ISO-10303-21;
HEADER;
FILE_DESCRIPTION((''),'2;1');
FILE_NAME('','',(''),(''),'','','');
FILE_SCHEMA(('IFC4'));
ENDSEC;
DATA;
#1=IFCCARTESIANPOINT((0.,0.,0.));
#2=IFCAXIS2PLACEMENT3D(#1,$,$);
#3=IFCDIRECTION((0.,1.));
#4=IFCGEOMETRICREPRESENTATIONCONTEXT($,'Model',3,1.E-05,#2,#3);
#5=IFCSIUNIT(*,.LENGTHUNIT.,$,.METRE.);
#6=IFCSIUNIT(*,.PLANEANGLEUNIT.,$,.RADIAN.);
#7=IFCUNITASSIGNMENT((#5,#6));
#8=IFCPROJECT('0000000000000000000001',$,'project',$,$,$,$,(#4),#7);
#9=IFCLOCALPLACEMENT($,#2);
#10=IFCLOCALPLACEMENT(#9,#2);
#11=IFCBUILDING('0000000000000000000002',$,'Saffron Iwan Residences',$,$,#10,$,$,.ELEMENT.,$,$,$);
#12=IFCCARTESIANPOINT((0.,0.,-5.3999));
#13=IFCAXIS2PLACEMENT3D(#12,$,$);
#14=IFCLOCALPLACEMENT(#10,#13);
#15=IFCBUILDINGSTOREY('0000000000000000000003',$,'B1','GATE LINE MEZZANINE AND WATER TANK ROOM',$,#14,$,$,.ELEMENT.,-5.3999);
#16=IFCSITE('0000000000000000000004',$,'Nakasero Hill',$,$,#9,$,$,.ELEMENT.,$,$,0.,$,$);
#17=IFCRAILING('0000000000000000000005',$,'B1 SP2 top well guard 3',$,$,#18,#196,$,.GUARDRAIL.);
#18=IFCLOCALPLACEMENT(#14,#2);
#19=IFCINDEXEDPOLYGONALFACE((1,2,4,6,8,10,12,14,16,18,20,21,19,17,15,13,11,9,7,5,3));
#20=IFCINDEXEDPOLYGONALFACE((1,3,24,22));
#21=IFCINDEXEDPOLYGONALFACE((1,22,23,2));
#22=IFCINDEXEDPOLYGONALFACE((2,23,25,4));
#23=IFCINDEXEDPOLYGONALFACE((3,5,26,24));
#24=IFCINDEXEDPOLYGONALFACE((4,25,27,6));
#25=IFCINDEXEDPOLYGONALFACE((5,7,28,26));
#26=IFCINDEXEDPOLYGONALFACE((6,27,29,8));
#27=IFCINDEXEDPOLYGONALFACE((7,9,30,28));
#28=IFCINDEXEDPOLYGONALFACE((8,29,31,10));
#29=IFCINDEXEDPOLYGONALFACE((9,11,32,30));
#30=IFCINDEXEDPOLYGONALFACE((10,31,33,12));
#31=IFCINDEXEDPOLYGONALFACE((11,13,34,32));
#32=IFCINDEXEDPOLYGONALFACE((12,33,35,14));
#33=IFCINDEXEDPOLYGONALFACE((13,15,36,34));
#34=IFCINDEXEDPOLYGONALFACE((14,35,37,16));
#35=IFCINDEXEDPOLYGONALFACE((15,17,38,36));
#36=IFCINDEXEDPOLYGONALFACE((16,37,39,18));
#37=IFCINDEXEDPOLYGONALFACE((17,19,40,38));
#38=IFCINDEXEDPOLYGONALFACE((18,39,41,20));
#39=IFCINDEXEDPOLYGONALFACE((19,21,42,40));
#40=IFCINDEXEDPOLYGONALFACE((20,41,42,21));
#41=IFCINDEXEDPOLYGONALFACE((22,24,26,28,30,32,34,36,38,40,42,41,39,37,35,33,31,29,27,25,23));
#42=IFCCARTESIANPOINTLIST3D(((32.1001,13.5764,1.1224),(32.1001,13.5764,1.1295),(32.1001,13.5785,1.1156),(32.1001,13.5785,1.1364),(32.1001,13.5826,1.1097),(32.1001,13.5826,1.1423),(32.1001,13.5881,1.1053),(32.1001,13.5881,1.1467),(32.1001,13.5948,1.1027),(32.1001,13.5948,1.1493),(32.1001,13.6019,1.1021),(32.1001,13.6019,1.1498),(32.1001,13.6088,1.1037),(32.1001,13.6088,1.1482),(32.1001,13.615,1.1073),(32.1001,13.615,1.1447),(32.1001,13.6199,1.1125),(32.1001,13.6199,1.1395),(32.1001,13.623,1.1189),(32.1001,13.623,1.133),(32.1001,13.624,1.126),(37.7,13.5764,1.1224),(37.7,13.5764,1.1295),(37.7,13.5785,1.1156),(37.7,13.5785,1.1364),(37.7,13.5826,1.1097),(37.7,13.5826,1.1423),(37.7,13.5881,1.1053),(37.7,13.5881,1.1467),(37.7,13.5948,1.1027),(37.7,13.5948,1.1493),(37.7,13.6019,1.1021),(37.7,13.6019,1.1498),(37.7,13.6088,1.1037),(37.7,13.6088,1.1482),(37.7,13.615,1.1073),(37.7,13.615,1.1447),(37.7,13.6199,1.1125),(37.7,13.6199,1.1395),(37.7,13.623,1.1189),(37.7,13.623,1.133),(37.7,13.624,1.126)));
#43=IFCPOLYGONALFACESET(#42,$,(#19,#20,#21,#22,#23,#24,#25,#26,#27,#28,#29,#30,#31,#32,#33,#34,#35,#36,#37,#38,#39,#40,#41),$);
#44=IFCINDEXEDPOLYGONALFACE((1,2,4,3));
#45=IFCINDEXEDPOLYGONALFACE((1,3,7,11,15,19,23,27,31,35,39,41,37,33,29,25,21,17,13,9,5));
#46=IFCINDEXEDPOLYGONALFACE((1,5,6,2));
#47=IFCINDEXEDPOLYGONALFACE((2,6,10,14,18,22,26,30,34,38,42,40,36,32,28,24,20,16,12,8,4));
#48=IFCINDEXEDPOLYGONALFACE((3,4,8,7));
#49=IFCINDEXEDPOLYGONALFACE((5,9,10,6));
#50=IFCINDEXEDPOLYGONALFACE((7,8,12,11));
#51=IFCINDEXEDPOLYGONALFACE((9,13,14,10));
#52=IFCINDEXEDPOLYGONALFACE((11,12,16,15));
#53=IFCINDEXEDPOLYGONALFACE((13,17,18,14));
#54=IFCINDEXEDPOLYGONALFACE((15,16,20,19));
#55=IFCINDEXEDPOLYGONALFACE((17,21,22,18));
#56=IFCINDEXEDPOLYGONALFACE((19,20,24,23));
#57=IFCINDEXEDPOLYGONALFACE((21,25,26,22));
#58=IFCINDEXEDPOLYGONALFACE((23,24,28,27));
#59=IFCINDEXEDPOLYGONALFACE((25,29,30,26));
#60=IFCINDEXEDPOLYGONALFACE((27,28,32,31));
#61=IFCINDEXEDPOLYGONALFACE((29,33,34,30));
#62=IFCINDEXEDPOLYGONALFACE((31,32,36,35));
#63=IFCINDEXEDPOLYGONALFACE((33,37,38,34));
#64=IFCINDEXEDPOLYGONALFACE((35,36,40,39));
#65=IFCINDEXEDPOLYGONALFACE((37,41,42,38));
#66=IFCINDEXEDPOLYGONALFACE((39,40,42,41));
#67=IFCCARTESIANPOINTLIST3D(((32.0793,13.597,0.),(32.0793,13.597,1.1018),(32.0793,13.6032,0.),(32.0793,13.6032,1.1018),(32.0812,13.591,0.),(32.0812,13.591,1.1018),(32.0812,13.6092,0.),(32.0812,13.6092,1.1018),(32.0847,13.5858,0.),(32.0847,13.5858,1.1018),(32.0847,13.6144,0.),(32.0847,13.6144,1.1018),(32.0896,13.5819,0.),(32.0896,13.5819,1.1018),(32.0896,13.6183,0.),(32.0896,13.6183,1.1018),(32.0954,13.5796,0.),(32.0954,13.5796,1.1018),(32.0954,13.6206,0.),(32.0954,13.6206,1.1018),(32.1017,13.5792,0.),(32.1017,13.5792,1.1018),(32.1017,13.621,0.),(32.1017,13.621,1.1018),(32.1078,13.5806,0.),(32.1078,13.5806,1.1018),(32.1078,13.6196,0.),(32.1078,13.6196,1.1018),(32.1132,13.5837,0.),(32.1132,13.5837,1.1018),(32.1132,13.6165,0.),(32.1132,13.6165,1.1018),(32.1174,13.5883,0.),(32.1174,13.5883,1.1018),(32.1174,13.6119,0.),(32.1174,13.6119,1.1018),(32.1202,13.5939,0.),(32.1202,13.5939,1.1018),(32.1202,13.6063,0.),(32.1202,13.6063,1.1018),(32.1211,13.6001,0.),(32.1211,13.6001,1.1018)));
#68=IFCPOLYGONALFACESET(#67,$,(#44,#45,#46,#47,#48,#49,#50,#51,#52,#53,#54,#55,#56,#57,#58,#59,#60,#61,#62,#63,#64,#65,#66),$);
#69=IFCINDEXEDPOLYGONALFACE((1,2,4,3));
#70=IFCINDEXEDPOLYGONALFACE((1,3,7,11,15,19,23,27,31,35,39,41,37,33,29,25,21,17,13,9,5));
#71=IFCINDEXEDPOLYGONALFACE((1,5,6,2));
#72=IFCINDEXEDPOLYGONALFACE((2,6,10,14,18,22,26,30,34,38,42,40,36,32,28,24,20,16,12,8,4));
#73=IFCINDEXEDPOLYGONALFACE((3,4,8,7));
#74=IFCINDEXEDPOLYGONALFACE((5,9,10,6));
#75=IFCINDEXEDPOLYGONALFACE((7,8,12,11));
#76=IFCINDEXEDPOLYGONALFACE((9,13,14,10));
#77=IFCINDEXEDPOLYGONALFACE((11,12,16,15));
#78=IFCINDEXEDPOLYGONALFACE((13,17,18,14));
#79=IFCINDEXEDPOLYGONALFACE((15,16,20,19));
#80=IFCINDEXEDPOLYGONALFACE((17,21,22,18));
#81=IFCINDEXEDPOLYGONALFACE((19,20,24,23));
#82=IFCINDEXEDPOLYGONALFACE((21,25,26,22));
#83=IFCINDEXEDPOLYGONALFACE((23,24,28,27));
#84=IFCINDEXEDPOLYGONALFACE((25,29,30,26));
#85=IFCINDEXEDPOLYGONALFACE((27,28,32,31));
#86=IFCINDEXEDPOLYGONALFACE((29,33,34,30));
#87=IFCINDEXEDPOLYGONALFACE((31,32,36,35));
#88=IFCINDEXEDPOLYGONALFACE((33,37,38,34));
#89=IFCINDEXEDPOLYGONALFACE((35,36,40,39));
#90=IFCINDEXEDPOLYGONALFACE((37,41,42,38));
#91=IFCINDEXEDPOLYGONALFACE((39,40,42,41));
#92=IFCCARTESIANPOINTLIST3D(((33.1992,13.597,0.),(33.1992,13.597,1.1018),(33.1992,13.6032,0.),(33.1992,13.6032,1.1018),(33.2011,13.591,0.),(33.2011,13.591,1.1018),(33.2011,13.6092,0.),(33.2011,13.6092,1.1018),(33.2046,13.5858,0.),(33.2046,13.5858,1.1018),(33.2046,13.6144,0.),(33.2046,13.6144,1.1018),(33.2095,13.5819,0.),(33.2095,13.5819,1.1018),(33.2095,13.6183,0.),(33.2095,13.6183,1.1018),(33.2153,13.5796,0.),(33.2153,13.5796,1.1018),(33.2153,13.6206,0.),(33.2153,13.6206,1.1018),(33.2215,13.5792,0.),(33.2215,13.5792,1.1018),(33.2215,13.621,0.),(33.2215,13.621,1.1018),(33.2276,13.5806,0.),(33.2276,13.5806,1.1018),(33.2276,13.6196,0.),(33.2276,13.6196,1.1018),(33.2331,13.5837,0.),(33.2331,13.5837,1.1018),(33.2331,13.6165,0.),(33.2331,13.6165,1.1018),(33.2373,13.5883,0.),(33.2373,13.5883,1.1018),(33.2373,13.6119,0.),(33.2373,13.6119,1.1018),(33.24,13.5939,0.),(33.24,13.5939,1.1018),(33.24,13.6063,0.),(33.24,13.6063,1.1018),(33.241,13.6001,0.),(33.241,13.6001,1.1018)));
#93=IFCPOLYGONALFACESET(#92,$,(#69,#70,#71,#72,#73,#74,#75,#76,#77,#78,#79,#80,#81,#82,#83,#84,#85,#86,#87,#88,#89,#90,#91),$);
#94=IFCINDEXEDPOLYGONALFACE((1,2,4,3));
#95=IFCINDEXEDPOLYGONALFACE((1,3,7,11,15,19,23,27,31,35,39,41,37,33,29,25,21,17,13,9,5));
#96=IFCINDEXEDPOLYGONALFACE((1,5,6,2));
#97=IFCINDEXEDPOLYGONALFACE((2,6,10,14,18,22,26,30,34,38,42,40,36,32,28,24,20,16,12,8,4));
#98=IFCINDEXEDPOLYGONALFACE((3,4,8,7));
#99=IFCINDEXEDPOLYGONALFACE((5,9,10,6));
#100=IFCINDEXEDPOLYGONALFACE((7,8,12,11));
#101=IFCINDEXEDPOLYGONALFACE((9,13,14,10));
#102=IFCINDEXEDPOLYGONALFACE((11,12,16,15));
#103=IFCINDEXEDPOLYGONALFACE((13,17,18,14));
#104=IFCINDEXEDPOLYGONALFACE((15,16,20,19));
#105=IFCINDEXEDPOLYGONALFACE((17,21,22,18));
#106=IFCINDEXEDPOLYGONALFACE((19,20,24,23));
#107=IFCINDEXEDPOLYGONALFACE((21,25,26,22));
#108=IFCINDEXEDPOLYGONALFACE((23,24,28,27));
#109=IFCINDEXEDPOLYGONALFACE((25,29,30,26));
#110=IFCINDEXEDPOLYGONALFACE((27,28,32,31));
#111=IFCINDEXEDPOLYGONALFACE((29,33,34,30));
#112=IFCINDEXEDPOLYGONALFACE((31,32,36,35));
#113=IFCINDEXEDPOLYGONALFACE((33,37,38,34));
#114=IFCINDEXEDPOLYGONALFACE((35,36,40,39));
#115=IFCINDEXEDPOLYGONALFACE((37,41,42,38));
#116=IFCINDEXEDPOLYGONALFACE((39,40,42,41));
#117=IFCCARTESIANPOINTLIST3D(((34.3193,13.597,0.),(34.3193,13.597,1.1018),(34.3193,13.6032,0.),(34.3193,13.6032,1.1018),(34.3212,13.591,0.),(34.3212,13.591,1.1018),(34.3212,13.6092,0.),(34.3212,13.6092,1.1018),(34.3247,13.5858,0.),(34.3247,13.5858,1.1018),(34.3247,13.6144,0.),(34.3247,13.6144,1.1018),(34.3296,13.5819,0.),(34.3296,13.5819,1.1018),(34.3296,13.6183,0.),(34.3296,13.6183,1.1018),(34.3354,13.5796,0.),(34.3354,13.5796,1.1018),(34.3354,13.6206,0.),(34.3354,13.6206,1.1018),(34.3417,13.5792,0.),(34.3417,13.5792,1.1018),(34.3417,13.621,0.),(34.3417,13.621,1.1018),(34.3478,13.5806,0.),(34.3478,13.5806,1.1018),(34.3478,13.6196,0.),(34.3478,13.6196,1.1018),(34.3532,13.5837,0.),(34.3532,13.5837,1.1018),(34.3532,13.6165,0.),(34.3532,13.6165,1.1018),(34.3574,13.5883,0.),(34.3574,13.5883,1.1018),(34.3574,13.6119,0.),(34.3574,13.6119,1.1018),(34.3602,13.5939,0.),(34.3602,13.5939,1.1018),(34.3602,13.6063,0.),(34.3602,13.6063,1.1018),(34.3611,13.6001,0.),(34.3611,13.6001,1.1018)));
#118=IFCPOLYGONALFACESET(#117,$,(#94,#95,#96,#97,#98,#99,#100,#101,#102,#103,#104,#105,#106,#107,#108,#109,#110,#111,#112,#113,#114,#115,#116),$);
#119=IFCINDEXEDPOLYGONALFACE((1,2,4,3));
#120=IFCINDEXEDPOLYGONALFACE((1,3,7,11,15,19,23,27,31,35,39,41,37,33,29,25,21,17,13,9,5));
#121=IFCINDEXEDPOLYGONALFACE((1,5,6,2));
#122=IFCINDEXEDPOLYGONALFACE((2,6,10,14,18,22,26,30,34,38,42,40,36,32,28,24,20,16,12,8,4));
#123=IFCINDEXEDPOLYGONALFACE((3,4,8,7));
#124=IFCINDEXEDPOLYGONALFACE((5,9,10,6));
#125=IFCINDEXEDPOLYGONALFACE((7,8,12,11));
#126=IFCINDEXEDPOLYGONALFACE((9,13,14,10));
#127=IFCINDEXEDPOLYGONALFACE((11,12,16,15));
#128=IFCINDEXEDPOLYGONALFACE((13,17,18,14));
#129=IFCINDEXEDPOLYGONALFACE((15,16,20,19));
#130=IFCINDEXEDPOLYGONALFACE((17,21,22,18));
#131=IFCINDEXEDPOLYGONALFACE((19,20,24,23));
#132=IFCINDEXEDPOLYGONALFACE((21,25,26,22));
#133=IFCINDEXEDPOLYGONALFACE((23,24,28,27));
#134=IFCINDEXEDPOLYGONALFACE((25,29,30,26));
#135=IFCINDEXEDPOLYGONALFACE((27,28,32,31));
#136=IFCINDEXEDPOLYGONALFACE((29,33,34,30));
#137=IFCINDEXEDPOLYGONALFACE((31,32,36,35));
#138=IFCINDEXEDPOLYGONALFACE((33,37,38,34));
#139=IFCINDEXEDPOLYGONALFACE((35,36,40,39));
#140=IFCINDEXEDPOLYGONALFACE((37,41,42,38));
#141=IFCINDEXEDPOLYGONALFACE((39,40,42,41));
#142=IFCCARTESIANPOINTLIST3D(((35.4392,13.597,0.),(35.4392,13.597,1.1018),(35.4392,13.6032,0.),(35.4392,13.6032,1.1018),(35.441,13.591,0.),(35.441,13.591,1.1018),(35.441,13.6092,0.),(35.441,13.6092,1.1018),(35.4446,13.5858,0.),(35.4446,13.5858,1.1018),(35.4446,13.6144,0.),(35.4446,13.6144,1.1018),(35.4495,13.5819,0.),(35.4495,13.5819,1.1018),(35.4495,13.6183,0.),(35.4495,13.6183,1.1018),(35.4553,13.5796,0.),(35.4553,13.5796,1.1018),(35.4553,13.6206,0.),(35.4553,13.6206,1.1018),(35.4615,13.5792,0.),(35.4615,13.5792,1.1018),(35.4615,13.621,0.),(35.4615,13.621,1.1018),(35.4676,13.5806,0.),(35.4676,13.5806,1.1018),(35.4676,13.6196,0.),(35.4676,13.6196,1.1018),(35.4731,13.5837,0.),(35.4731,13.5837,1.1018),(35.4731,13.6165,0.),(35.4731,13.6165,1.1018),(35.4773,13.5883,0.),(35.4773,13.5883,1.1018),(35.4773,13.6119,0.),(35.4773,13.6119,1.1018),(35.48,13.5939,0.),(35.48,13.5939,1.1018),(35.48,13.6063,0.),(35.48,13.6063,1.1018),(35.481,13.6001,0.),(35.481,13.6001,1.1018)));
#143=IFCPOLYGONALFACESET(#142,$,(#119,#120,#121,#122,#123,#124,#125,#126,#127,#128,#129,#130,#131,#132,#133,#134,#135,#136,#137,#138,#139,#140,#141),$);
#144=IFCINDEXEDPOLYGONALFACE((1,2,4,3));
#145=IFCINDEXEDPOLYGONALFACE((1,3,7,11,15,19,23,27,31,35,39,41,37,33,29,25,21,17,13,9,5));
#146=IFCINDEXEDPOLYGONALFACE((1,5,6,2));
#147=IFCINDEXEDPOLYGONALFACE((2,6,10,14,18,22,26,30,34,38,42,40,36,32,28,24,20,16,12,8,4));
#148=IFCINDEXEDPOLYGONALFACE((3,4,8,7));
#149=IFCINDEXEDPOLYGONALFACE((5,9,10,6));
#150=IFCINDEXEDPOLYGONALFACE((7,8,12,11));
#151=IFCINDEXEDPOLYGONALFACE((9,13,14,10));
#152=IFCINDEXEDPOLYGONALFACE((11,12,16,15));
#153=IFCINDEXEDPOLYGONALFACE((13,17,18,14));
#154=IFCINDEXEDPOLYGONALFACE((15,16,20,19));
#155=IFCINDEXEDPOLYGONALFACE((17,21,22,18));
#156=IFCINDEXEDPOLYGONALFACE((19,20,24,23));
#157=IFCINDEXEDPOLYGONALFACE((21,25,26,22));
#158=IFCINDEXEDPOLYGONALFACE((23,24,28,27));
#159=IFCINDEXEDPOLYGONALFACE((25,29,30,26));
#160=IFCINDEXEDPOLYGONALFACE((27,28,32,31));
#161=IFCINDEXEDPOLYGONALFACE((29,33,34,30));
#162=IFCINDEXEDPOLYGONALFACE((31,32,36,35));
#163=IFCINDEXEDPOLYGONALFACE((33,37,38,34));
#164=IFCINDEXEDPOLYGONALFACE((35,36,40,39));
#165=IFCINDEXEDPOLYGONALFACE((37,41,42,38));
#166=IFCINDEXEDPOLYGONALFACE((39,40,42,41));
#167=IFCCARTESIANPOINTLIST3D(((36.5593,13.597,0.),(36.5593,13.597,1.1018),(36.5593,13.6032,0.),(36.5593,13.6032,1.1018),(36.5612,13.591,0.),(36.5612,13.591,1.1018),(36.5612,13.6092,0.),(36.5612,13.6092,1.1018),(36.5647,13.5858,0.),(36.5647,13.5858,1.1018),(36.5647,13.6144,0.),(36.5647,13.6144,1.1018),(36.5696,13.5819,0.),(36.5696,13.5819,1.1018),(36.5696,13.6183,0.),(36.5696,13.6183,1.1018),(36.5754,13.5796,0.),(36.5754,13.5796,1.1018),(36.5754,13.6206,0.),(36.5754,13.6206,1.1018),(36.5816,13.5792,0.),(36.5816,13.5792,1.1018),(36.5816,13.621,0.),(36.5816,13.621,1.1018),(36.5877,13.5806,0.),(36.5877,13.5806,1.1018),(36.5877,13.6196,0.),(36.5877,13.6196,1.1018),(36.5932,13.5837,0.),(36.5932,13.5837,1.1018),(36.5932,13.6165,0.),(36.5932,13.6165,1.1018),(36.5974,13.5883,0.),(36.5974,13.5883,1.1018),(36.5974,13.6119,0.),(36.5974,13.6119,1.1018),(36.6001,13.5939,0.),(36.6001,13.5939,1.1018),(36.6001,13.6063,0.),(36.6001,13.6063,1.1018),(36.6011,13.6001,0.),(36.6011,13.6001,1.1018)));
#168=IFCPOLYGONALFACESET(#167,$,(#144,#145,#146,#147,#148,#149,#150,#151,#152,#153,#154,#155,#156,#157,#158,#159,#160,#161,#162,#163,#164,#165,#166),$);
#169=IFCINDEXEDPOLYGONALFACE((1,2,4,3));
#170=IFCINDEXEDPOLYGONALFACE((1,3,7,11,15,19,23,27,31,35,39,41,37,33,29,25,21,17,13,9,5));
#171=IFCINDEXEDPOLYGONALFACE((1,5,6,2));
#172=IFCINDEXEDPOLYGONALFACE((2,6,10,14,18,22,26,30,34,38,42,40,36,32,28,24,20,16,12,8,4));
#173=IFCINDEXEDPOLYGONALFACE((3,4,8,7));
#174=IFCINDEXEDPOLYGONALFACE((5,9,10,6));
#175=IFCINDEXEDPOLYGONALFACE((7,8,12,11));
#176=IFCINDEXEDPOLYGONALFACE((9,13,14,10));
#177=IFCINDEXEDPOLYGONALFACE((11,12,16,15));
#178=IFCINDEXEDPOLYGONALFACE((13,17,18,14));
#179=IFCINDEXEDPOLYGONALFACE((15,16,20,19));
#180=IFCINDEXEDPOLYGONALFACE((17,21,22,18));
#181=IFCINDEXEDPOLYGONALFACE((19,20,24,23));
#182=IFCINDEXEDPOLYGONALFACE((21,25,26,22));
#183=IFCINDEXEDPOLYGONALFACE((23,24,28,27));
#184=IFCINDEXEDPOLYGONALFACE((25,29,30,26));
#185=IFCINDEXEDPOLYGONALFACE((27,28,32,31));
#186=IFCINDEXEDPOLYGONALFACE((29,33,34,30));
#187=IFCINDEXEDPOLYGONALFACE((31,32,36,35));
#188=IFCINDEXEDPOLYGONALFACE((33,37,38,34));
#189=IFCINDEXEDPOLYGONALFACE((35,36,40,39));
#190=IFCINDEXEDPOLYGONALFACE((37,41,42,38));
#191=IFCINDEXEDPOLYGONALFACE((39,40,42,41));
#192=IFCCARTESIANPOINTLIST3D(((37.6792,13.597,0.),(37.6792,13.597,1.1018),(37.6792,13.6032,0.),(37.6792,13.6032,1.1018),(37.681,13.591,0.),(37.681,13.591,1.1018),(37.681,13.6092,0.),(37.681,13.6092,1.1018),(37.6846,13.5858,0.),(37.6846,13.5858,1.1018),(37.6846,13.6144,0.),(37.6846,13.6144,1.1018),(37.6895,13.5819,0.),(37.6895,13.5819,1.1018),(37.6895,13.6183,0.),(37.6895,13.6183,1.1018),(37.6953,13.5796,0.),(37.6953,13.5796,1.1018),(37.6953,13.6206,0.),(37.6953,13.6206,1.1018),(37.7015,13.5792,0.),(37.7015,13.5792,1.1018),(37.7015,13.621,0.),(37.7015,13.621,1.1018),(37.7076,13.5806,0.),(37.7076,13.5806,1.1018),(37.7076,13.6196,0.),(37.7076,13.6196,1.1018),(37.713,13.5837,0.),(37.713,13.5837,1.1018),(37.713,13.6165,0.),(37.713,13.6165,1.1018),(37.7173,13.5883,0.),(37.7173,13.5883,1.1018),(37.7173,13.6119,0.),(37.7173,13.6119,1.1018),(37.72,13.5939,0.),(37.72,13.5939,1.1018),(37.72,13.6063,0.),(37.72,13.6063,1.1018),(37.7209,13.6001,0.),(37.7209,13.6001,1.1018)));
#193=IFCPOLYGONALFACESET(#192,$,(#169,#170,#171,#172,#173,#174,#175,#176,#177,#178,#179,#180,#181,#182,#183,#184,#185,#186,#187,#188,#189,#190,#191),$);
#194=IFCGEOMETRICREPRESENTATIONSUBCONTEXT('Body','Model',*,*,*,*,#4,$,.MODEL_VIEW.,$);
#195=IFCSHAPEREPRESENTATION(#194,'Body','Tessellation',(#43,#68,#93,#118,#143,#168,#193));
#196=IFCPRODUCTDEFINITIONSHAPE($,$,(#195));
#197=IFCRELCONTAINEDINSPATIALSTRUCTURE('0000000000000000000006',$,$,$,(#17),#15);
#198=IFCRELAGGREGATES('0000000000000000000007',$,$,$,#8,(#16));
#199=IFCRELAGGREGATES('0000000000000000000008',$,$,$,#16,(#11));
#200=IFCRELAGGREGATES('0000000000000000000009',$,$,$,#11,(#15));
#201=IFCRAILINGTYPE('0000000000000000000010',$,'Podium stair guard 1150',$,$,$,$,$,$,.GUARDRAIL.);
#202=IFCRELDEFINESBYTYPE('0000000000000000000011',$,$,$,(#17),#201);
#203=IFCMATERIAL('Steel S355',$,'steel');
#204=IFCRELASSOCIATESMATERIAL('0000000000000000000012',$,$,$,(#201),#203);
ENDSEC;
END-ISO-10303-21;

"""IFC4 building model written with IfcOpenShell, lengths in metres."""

from ifc_helpers import new_model, si_unit, direction, frame, origin, origin_2d, place, context, subcontext, project, spatial, circle, extrude, material, type_object, element, save


model = new_model("IFC4")

# Units and contexts
model_context = context("Model", 3, precision=1e-05, world=origin(), true_north=direction((0.0, 1.0)))
body_context = subcontext(model_context, "Body", "Model", "MODEL_VIEW")
ifc_project = project(units=[si_unit("LENGTHUNIT", "METRE"), si_unit("PLANEANGLEUNIT", "RADIAN")], contexts=[model_context])

# Site, building, storey
site_placement = place(None, origin())
site = spatial("IfcSite", under=ifc_project, at=site_placement, Name="Nakasero Hill", CompositionType="ELEMENT", RefElevation=0.0)
building_placement = place(site_placement, origin())
building = spatial("IfcBuilding", under=site, at=building_placement, Name="Saffron Iwan Residences", CompositionType="ELEMENT")
storey_placement = place(building_placement, frame((0.0, 0.0, -5.3999)))
storey = spatial("IfcBuildingStorey", under=building, at=storey_placement, Name="B1", Description="GATE LINE MEZZANINE AND WATER TANK ROOM", CompositionType="ELEMENT", Elevation=-5.3999)

# Railing
ifc_material_1 = material(Name="Steel S355", Category="steel")
railing_type_1 = type_object("IfcRailingType", Name="Podium stair guard 1150", PredefinedType="GUARDRAIL", material=ifc_material_1)
for number, where, name in (
    (1, (32.1001, 13.6001, 0.0), "B1 SP2 top well guard 3"),
):
    element("IfcRailing", number, at=place(storey_placement, frame(where)), inside=storey, type_object=railing_type_1, Name=name, PredefinedType="GUARDRAIL", context=body_context, shape_type="SweptSolid", body=[
        extrude(circle(Radius=0.0239, at=origin_2d()), frame((0.0, 0.0, 1.126), z_axis=(1.0, 0.0, 0.0), x_axis=(0.0, 1.0, 0.0)), (0.0, 0.0, 1.0), 5.5999),
        extrude(circle(Radius=0.021, at=origin_2d()), origin(), (0.0, 0.0, 1.0), 1.1018),
        extrude(circle(Radius=0.021, at=origin_2d()), frame((1.1199, 0.0, 0.0)), (0.0, 0.0, 1.0), 1.1018),
        extrude(circle(Radius=0.021, at=origin_2d()), frame((2.24, 0.0, 0.0)), (0.0, 0.0, 1.0), 1.1018),
        extrude(circle(Radius=0.021, at=origin_2d()), frame((3.3599, 0.0, 0.0)), (0.0, 0.0, 1.0), 1.1018),
        extrude(circle(Radius=0.021, at=origin_2d()), frame((4.48, 0.0, 0.0)), (0.0, 0.0, 1.0), 1.1018),
        extrude(circle(Radius=0.021, at=origin_2d()), frame((5.5999, 0.0, 0.0)), (0.0, 0.0, 1.0), 1.1018),
    ])

save(model, "model.ifc")
